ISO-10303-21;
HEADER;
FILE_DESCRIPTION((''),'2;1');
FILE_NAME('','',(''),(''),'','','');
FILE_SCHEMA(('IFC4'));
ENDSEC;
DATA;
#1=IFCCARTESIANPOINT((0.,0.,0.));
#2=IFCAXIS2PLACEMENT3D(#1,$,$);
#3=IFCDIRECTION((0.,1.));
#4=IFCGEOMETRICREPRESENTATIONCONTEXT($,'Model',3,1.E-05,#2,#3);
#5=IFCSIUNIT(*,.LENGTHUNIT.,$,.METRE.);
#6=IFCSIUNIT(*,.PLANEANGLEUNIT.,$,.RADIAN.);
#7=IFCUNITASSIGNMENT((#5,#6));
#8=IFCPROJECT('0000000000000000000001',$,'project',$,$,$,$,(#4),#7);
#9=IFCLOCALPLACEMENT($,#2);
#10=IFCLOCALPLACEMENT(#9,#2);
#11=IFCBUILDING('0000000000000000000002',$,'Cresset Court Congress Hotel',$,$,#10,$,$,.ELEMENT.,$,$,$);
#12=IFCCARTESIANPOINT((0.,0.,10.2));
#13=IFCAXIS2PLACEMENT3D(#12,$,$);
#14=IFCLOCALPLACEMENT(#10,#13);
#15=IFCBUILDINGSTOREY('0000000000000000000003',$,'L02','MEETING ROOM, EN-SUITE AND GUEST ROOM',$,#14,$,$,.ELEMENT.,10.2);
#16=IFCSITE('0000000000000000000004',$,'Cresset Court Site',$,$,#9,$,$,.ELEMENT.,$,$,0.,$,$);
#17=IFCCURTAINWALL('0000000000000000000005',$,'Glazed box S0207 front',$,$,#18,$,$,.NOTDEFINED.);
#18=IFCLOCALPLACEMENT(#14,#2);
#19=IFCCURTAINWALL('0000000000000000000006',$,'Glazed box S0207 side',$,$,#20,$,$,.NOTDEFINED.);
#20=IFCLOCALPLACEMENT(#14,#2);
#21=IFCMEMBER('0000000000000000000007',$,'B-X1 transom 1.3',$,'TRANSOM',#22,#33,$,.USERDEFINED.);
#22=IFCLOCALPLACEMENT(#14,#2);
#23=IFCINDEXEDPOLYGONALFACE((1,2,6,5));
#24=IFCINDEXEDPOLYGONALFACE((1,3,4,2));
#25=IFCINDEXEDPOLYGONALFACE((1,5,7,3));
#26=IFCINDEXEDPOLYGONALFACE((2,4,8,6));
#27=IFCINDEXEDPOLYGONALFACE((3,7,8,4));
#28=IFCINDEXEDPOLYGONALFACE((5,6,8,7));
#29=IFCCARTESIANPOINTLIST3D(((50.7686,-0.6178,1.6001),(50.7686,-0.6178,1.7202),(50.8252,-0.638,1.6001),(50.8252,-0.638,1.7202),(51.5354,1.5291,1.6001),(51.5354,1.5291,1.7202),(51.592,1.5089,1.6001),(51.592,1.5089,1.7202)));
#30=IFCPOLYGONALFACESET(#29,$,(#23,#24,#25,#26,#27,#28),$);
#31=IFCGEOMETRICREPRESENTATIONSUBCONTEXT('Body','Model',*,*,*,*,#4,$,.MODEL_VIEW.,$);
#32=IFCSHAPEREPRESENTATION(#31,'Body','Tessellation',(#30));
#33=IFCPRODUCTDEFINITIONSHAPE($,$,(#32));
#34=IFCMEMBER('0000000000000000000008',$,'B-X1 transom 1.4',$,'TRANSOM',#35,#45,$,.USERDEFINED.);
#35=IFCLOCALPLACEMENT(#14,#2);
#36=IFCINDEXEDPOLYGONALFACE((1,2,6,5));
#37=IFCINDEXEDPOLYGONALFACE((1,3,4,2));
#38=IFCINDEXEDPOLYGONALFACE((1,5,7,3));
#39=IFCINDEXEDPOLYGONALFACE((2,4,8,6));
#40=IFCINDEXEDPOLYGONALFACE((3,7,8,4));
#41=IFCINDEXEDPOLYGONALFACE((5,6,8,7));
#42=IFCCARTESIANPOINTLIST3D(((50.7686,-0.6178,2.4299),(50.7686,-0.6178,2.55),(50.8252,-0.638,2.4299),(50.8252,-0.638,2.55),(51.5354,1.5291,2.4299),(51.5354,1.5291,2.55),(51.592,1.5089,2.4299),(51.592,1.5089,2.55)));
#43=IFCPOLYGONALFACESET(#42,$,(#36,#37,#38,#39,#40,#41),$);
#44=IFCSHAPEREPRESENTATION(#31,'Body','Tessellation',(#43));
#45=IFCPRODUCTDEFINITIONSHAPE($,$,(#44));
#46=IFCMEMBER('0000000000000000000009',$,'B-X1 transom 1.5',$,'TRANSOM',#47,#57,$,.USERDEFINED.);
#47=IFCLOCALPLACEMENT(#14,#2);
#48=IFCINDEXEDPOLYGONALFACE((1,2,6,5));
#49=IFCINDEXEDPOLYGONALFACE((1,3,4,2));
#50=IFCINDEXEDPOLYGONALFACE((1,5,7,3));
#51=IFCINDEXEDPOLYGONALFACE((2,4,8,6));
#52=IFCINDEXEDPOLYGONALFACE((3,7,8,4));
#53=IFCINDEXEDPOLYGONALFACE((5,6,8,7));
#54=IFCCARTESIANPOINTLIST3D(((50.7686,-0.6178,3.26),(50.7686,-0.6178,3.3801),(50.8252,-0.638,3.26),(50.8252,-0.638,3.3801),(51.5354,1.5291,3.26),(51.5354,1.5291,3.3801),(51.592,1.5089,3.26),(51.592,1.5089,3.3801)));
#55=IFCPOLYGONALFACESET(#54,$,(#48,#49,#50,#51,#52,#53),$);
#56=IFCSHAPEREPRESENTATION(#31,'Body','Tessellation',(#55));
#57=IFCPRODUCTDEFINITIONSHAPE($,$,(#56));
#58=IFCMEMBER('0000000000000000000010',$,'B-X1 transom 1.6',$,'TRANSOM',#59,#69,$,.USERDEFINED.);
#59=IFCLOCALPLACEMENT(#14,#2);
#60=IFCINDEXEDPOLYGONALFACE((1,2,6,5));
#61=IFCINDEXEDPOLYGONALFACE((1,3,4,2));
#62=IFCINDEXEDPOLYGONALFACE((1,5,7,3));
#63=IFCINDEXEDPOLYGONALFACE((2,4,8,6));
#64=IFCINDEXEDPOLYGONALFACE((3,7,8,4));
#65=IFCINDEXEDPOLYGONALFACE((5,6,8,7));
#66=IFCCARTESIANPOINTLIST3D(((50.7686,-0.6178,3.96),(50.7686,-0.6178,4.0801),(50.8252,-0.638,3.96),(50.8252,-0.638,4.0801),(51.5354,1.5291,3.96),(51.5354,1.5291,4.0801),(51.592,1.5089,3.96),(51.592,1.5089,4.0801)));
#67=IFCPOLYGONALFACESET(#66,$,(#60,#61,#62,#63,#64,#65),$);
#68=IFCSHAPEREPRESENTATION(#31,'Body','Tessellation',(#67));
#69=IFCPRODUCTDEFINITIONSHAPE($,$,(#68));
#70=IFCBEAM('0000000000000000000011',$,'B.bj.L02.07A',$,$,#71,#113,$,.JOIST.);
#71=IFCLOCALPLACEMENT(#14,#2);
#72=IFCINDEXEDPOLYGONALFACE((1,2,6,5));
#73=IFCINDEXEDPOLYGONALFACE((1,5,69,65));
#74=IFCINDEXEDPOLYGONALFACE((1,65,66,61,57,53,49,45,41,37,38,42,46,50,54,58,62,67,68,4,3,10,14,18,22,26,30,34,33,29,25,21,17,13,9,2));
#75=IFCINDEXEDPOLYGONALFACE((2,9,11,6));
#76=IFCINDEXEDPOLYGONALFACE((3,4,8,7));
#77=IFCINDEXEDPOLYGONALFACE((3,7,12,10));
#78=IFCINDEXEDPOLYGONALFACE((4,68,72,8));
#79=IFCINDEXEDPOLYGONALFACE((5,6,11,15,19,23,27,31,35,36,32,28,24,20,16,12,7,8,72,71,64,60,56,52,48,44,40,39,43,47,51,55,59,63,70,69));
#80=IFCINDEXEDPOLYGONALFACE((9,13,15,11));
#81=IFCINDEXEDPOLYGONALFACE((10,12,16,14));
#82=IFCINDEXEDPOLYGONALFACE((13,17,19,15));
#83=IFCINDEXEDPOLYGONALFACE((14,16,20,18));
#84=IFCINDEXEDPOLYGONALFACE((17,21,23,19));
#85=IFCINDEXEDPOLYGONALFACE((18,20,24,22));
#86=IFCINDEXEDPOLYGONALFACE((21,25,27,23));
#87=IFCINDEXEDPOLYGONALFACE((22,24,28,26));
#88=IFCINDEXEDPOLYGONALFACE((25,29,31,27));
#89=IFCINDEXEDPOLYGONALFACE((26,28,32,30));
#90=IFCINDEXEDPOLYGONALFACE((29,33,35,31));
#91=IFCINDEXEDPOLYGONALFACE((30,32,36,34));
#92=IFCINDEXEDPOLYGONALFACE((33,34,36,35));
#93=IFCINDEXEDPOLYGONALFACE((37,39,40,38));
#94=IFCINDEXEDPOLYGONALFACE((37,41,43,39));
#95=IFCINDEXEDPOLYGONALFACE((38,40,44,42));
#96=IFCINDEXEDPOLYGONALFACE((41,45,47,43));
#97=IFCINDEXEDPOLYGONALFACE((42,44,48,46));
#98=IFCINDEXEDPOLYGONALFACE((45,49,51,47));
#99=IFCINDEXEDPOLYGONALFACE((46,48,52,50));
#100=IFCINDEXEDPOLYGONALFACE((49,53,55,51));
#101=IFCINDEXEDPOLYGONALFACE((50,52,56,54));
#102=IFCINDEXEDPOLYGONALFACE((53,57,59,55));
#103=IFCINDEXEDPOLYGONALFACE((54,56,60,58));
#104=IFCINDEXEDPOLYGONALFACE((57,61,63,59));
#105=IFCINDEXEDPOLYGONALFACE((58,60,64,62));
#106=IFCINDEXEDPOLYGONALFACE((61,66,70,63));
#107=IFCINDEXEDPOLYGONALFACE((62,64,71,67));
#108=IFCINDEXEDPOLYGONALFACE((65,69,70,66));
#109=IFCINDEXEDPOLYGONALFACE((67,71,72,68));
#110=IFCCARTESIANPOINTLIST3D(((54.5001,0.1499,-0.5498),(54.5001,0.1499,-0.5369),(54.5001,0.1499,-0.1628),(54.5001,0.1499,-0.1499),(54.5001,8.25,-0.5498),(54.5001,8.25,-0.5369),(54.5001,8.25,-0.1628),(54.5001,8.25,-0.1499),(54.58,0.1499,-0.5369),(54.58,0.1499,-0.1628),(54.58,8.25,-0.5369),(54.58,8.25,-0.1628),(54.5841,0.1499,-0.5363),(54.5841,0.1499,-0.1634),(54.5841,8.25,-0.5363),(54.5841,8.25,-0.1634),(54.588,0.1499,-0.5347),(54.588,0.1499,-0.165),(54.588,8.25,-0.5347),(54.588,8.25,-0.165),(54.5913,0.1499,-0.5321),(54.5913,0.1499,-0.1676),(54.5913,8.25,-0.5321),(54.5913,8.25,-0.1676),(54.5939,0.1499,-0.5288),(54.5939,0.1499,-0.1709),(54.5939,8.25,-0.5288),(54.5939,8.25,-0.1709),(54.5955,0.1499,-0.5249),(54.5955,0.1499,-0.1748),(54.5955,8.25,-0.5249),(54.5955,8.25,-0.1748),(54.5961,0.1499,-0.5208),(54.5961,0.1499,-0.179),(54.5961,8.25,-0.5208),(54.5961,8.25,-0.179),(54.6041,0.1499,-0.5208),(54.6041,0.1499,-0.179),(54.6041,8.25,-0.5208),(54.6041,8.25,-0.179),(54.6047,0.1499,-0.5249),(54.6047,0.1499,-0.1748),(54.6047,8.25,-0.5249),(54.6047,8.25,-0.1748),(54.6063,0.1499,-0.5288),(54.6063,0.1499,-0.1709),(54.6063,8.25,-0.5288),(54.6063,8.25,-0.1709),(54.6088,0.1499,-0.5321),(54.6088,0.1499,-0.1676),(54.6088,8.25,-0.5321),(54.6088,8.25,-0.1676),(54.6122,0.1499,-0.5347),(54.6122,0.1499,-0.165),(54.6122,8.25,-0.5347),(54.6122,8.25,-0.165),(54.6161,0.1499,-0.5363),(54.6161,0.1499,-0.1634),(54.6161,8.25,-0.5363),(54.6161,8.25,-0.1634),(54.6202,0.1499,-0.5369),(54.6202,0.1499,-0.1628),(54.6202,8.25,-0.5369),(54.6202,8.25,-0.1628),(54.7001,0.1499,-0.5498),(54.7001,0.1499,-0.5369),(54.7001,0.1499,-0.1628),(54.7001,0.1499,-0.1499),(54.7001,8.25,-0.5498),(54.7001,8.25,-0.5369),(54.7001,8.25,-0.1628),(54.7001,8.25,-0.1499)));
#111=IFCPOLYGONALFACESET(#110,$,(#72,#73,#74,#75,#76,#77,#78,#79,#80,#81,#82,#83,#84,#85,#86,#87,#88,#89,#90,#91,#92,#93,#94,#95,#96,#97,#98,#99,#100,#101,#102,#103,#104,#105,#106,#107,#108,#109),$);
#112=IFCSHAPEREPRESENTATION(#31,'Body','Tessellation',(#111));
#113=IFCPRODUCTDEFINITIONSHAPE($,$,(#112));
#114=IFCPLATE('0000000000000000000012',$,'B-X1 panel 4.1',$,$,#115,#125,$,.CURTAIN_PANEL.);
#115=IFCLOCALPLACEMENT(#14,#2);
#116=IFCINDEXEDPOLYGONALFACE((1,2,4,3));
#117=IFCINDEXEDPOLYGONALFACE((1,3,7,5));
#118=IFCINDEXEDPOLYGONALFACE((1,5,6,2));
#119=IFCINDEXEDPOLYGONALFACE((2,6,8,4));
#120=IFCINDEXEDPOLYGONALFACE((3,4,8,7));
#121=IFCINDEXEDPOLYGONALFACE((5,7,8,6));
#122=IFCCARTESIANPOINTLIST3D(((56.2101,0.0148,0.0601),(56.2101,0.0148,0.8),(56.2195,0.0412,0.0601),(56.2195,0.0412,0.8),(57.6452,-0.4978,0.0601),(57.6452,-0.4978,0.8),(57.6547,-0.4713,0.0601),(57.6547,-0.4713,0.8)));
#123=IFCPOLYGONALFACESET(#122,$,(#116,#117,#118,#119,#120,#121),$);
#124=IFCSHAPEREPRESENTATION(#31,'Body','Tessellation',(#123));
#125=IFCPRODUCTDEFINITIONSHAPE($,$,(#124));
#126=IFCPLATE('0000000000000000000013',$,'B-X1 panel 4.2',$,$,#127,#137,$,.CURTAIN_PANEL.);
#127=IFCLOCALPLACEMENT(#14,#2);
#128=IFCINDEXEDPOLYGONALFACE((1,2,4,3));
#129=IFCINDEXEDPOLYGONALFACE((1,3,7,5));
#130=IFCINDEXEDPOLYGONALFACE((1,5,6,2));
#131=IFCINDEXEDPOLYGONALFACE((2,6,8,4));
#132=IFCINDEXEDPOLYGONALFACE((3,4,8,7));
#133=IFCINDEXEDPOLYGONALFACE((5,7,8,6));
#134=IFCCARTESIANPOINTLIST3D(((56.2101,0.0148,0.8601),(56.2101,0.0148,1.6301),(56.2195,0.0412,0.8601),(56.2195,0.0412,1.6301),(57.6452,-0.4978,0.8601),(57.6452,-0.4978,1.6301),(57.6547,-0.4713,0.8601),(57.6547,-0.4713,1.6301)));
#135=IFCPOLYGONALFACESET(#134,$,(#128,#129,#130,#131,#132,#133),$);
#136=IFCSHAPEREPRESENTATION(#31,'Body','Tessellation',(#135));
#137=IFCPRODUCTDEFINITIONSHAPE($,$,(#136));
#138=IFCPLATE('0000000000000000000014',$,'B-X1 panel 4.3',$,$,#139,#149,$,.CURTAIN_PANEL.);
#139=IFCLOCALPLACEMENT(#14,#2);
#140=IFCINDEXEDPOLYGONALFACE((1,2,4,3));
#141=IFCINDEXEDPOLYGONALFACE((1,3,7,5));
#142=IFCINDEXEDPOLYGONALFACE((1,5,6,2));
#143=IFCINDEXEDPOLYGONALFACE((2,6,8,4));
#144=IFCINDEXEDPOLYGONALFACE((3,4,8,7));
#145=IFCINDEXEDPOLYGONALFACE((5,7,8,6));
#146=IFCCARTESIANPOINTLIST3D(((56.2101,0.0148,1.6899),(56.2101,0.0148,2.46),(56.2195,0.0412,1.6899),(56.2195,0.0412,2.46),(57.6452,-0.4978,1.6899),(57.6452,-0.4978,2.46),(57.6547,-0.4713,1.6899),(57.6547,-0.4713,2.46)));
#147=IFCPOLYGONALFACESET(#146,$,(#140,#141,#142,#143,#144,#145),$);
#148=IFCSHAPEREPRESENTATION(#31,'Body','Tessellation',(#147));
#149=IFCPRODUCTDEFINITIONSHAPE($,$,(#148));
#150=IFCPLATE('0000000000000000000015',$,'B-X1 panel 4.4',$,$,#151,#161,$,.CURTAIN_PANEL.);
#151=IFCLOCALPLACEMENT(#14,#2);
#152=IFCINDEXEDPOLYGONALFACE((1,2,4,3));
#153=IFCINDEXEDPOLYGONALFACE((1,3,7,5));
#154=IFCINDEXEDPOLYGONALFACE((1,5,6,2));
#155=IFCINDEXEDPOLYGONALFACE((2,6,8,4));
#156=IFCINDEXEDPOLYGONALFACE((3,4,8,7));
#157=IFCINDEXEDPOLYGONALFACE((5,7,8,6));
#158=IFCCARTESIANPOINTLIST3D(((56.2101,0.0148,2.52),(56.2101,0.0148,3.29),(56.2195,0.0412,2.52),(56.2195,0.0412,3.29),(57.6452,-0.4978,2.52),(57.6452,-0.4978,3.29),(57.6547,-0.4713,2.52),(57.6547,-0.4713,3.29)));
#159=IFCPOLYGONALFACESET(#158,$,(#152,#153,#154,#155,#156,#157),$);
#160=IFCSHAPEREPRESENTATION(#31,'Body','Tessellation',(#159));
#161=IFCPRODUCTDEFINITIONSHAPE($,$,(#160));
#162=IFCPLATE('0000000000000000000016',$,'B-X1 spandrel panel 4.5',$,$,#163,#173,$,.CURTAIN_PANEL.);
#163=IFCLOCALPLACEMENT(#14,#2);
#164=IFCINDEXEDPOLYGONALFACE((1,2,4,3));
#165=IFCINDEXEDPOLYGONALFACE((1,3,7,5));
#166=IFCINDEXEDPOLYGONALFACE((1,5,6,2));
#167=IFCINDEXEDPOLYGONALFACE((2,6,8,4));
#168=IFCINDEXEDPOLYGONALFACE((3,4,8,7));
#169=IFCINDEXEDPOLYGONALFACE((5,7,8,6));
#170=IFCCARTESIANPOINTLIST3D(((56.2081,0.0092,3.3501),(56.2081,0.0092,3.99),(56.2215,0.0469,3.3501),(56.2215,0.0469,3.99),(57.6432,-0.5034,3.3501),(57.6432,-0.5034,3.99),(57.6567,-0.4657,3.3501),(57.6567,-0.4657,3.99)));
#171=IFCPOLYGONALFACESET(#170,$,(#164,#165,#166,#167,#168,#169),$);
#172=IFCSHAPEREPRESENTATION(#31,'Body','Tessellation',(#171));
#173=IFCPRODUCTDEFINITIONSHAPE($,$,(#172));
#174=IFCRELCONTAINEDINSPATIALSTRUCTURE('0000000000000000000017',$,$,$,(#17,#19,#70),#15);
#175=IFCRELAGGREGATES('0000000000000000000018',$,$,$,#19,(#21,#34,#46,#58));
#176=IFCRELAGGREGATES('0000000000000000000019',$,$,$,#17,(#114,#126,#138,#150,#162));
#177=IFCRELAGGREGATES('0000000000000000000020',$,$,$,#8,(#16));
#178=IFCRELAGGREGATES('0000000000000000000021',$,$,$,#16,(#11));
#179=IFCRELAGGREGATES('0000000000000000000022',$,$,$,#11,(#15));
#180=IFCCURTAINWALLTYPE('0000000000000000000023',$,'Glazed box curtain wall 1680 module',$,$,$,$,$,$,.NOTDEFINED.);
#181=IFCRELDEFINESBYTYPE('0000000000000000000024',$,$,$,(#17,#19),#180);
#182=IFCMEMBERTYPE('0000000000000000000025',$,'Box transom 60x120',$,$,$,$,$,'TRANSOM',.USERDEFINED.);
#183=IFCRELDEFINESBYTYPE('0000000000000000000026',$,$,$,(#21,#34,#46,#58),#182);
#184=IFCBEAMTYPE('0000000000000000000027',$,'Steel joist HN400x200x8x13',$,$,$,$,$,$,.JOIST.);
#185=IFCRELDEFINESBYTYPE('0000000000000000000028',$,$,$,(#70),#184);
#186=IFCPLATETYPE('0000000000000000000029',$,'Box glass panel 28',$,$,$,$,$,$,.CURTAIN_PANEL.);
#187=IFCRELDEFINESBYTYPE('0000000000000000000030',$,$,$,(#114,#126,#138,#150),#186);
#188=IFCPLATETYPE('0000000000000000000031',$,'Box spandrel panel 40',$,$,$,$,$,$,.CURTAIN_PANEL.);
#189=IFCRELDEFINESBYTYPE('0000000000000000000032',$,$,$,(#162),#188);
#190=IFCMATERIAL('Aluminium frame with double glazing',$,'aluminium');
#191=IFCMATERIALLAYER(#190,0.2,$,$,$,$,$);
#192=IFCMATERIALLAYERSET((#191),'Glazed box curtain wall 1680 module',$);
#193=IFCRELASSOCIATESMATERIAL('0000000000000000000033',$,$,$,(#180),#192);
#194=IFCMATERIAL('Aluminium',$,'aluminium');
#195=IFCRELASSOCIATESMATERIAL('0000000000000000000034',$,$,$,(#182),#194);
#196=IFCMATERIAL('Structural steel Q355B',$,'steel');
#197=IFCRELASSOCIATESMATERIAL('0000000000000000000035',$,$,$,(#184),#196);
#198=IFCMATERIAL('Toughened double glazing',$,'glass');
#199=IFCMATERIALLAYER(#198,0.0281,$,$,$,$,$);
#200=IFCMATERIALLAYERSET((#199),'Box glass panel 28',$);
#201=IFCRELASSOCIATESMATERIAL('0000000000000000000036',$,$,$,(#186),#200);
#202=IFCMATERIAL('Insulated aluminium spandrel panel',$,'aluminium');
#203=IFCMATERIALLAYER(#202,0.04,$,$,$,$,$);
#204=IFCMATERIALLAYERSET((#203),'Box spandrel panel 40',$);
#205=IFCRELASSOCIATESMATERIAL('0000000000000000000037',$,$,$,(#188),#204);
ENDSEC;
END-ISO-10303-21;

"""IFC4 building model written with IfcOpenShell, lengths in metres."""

from ifc_helpers import new_model, si_unit, direction, frame, origin, origin_2d, place, context, subcontext, project, spatial, rectangle, i_section, extrude, material, layer, layer_set, material_profile, profile_set, type_object, element, aggregate, save


model = new_model("IFC4")

# Units and contexts
model_context = context("Model", 3, precision=1e-05, world=origin(), true_north=direction((0.0, 1.0)))
body_context = subcontext(model_context, "Body", "Model", "MODEL_VIEW")
ifc_project = project(units=[si_unit("LENGTHUNIT", "METRE"), si_unit("PLANEANGLEUNIT", "RADIAN")], contexts=[model_context])

# Site, building, storey
site_placement = place(None, origin())
site = spatial("IfcSite", under=ifc_project, at=site_placement, Name="Cresset Court Site", CompositionType="ELEMENT", RefElevation=0.0)
building_placement = place(site_placement, origin())
building = spatial("IfcBuilding", under=site, at=building_placement, Name="Cresset Court Congress Hotel", CompositionType="ELEMENT")
storey_placement = place(building_placement, frame((0.0, 0.0, 10.2)))
storey = spatial("IfcBuildingStorey", under=building, at=storey_placement, Name="L02", Description="MEETING ROOM, EN-SUITE AND GUEST ROOM", CompositionType="ELEMENT", Elevation=10.2)

# Curtain walls, members
ifc_material_1 = material(Name="Aluminium frame with double glazing", Category="aluminium")
ifc_layer_1 = layer(ifc_material_1, 0.2)
ifc_layer_set_1 = layer_set([ifc_layer_1], Name="Glazed box curtain wall 1680 module")
curtain_wall_type = type_object("IfcCurtainWallType", Name="Glazed box curtain wall 1680 module", PredefinedType="NOTDEFINED", material=ifc_layer_set_1)
curtain_wall_1_placement = place(storey_placement, origin())
curtain_wall_1 = element("IfcCurtainWall", 1, at=curtain_wall_1_placement, inside=storey, type_object=curtain_wall_type, Name="Glazed box S0207 front", PredefinedType="NOTDEFINED")
ifc_material_2 = material(Name="Aluminium", Category="aluminium")
ifc_material_profile_1 = material_profile(ifc_material_2, rectangle(XDim=0.0601, YDim=0.1201, at=origin_2d()), Name="Box transom 60x120")
ifc_profile_set_1 = profile_set([ifc_material_profile_1], Name="Aluminium")
member_type_1 = type_object("IfcMemberType", Name="Box transom 60x120", ElementType="TRANSOM", PredefinedType="USERDEFINED", material=ifc_profile_set_1)
curtain_wall_2_placement = place(storey_placement, origin())
curtain_wall_2 = element("IfcCurtainWall", 2, at=curtain_wall_2_placement, inside=storey, type_object=curtain_wall_type, Name="Glazed box S0207 side", PredefinedType="NOTDEFINED")
member_1_placement = place(storey_placement, frame((50.7969, -0.6279, 1.6602), z_axis=(0.336364, 0.941732, 0.0), x_axis=(-0.941732, 0.336364, 0.0)))
member_1 = element("IfcMember", 3, at=member_1_placement, type_object=member_type_1, Name="B-X1 transom 1.3", ObjectType="TRANSOM", PredefinedType="USERDEFINED", context=body_context, shape_type="SweptSolid", body=[
    extrude(rectangle(XDim=0.0601, YDim=0.1201, at=origin_2d()), origin(), (0.0, 0.0, 1.0), 2.2798),
])
member_2_placement = place(storey_placement, frame((50.7969, -0.6279, 2.49), z_axis=(0.336364, 0.941732, 0.0), x_axis=(-0.941732, 0.336364, 0.0)))
member_2 = element("IfcMember", 4, at=member_2_placement, type_object=member_type_1, Name="B-X1 transom 1.4", ObjectType="TRANSOM", PredefinedType="USERDEFINED", context=body_context, shape_type="SweptSolid", body=[
    extrude(rectangle(XDim=0.0601, YDim=0.1201, at=origin_2d()), origin(), (0.0, 0.0, 1.0), 2.2798),
])
member_3_placement = place(storey_placement, frame((50.7969, -0.6279, 3.3201), z_axis=(0.336364, 0.941732, 0.0), x_axis=(-0.941732, 0.336364, 0.0)))
member_3 = element("IfcMember", 5, at=member_3_placement, type_object=member_type_1, Name="B-X1 transom 1.5", ObjectType="TRANSOM", PredefinedType="USERDEFINED", context=body_context, shape_type="SweptSolid", body=[
    extrude(rectangle(XDim=0.0601, YDim=0.1201, at=origin_2d()), origin(), (0.0, 0.0, 1.0), 2.2798),
])
member_4_placement = place(storey_placement, frame((50.7969, -0.6279, 4.02), z_axis=(0.336364, 0.941732, 0.0), x_axis=(-0.941732, 0.336364, 0.0)))
member_4 = element("IfcMember", 6, at=member_4_placement, type_object=member_type_1, Name="B-X1 transom 1.6", ObjectType="TRANSOM", PredefinedType="USERDEFINED", context=body_context, shape_type="SweptSolid", body=[
    extrude(rectangle(XDim=0.0601, YDim=0.1201, at=origin_2d()), origin(), (0.0, 0.0, 1.0), 2.2798),
])
aggregate(curtain_wall_2, [member_1, member_2, member_3, member_4])

# Beam
ifc_material_3 = material(Name="Structural steel Q355B", Category="steel")
ifc_material_profile_2 = material_profile(ifc_material_3, i_section(OverallWidth=0.2, OverallDepth=0.3999, WebThickness=0.0081, FlangeThickness=0.0129, FilletRadius=0.0161, at=origin_2d()), Name="HN400x200x8x13")
ifc_profile_set_2 = profile_set([ifc_material_profile_2], Name="Structural steel Q355B")
beam_type = type_object("IfcBeamType", Name="Steel joist HN400x200x8x13", PredefinedType="JOIST", material=ifc_profile_set_2)
beam_placement = place(storey_placement, frame((54.6001, 0.1499, -0.3499), z_axis=(0.0, 1.0, 0.0), x_axis=(-1.0, 0.0, 0.0)))
element("IfcBeam", 7, at=beam_placement, inside=storey, type_object=beam_type, Name="B.bj.L02.07A", PredefinedType="JOIST", context=body_context, shape_type="SweptSolid", body=[
    extrude(i_section(OverallWidth=0.2, OverallDepth=0.3999, WebThickness=0.0081, FlangeThickness=0.0129, FilletRadius=0.0161, at=origin_2d()), origin(), (0.0, 0.0, 1.0), 8.1001),
])

# Plates
ifc_material_4 = material(Name="Toughened double glazing", Category="glass")
ifc_layer_2 = layer(ifc_material_4, 0.0281)
ifc_layer_set_2 = layer_set([ifc_layer_2], Name="Box glass panel 28")
plate_type_1 = type_object("IfcPlateType", Name="Box glass panel 28", PredefinedType="CURTAIN_PANEL", material=ifc_layer_set_2)
plate_1_placement = place(storey_placement, frame((56.9324, -0.2283, 0.0601), z_axis=(0.0, 0.0, 1.0), x_axis=(0.941742, -0.336336, 0.0)))
plate_1 = element("IfcPlate", 8, at=plate_1_placement, type_object=plate_type_1, Name="B-X1 panel 4.1", PredefinedType="CURTAIN_PANEL", context=body_context, shape_type="SweptSolid", body=[
    extrude(rectangle(XDim=1.5239, YDim=0.0281, at=origin_2d()), origin(), (0.0, 0.0, 1.0), 0.74),
])
plate_2_placement = place(storey_placement, frame((56.9324, -0.2283, 0.8601), z_axis=(0.0, 0.0, 1.0), x_axis=(0.941742, -0.336336, 0.0)))
plate_2 = element("IfcPlate", 9, at=plate_2_placement, type_object=plate_type_1, Name="B-X1 panel 4.2", PredefinedType="CURTAIN_PANEL", context=body_context, shape_type="SweptSolid", body=[
    extrude(rectangle(XDim=1.5239, YDim=0.0281, at=origin_2d()), origin(), (0.0, 0.0, 1.0), 0.77),
])
plate_3_placement = place(storey_placement, frame((56.9324, -0.2283, 1.6899), z_axis=(0.0, 0.0, 1.0), x_axis=(0.941742, -0.336336, 0.0)))
plate_3 = element("IfcPlate", 10, at=plate_3_placement, type_object=plate_type_1, Name="B-X1 panel 4.3", PredefinedType="CURTAIN_PANEL", context=body_context, shape_type="SweptSolid", body=[
    extrude(rectangle(XDim=1.5239, YDim=0.0281, at=origin_2d()), origin(), (0.0, 0.0, 1.0), 0.77),
])
plate_4_placement = place(storey_placement, frame((56.9324, -0.2283, 2.52), z_axis=(0.0, 0.0, 1.0), x_axis=(0.941742, -0.336336, 0.0)))
plate_4 = element("IfcPlate", 11, at=plate_4_placement, type_object=plate_type_1, Name="B-X1 panel 4.4", PredefinedType="CURTAIN_PANEL", context=body_context, shape_type="SweptSolid", body=[
    extrude(rectangle(XDim=1.5239, YDim=0.0281, at=origin_2d()), origin(), (0.0, 0.0, 1.0), 0.77),
])
ifc_material_5 = material(Name="Insulated aluminium spandrel panel", Category="aluminium")
ifc_layer_3 = layer(ifc_material_5, 0.04)
ifc_layer_set_3 = layer_set([ifc_layer_3], Name="Box spandrel panel 40")
plate_type_2 = type_object("IfcPlateType", Name="Box spandrel panel 40", PredefinedType="CURTAIN_PANEL", material=ifc_layer_set_3)
plate_5_placement = place(storey_placement, frame((56.9324, -0.2283, 3.3501), z_axis=(0.0, 0.0, 1.0), x_axis=(0.941742, -0.336336, 0.0)))
plate_5 = element("IfcPlate", 12, at=plate_5_placement, type_object=plate_type_2, Name="B-X1 spandrel panel 4.5", PredefinedType="CURTAIN_PANEL", context=body_context, shape_type="SweptSolid", body=[
    extrude(rectangle(XDim=1.5239, YDim=0.04, at=origin_2d()), origin(), (0.0, 0.0, 1.0), 0.6399),
])
aggregate(curtain_wall_1, [plate_1, plate_2, plate_3, plate_4, plate_5])

save(model, "model.ifc")
